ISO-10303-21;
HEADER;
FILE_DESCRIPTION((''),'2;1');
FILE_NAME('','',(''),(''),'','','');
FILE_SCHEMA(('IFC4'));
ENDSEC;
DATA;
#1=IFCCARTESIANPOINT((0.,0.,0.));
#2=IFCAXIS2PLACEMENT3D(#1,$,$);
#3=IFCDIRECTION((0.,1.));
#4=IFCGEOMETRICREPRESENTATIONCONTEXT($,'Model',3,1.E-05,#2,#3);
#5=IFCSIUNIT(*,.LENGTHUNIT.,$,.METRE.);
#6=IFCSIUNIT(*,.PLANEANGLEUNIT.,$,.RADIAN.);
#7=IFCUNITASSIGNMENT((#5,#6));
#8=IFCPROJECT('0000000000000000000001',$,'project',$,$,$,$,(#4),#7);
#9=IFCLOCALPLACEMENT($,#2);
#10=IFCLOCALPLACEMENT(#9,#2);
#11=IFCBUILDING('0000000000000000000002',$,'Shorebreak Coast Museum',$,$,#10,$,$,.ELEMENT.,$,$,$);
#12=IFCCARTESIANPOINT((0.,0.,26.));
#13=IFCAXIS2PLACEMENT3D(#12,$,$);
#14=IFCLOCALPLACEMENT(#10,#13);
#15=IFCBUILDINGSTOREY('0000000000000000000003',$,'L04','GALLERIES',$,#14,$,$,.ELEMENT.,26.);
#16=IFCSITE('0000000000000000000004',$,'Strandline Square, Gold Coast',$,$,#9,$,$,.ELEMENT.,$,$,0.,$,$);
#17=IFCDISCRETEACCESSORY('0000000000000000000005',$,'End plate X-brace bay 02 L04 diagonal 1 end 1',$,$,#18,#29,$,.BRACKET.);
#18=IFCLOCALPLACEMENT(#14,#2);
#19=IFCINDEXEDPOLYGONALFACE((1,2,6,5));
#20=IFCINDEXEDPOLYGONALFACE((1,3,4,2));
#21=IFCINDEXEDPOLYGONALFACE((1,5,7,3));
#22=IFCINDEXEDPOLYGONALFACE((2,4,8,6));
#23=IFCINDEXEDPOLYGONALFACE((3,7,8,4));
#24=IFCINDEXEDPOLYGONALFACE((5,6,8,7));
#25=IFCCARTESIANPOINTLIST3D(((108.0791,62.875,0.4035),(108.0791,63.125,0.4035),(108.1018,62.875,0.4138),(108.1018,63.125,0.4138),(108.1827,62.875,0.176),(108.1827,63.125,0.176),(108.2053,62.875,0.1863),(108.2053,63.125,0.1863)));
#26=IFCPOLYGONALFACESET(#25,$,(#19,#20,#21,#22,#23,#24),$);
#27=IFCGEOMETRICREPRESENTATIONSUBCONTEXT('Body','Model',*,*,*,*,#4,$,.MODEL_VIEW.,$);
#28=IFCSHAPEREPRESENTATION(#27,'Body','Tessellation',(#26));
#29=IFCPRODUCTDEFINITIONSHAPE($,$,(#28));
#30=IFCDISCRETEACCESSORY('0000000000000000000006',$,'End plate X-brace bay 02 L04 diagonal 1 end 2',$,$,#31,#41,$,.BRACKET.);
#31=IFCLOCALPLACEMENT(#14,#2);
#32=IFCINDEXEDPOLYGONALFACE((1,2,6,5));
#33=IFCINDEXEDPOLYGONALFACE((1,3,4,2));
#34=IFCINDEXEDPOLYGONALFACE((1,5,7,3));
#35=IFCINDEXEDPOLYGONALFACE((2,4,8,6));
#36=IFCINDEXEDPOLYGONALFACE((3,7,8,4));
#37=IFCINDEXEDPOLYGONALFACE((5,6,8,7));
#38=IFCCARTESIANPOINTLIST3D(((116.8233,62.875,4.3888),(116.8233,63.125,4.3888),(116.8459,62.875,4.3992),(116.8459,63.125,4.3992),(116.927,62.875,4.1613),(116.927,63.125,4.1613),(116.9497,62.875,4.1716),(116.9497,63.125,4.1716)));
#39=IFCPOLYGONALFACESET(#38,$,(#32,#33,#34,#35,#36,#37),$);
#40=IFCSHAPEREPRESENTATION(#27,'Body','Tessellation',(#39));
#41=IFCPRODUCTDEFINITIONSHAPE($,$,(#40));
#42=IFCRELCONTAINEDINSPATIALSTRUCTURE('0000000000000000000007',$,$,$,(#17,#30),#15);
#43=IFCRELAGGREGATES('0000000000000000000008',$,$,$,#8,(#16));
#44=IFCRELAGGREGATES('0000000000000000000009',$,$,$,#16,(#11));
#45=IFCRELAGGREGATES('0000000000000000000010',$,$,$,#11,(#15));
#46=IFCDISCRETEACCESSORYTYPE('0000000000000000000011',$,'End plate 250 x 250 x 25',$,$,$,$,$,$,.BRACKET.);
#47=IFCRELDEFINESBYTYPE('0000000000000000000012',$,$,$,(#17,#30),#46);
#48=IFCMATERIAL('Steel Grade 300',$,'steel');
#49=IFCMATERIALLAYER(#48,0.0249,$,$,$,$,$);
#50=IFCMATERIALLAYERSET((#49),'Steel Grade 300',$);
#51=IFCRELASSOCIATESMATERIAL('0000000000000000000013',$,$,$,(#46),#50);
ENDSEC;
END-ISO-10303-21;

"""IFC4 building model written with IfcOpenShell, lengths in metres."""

from ifc_helpers import new_model, si_unit, direction, frame, origin, place, context, subcontext, project, spatial, polyline, outline, extrude, material, layer, layer_set, type_object, element, save


model = new_model("IFC4")

# Units and contexts
model_context = context("Model", 3, precision=1e-05, world=origin(), true_north=direction((0.0, 1.0)))
body_context = subcontext(model_context, "Body", "Model", "MODEL_VIEW")
ifc_project = project(units=[si_unit("LENGTHUNIT", "METRE"), si_unit("PLANEANGLEUNIT", "RADIAN")], contexts=[model_context])

# Site, building, storey
site_placement = place(None, origin())
site = spatial("IfcSite", under=ifc_project, at=site_placement, Name="Strandline Square, Gold Coast", CompositionType="ELEMENT", RefElevation=0.0)
building_placement = place(site_placement, origin())
building = spatial("IfcBuilding", under=site, at=building_placement, Name="Shorebreak Coast Museum", CompositionType="ELEMENT")
storey_placement = place(building_placement, frame((0.0, 0.0, 26.0)))
storey = spatial("IfcBuildingStorey", under=building, at=storey_placement, Name="L04", Description="GALLERIES", CompositionType="ELEMENT", Elevation=26.0)

# Discrete accessories
ifc_material_1 = material(Name="Steel Grade 300", Category="steel")
ifc_layer_1 = layer(ifc_material_1, 0.0249)
ifc_layer_set_1 = layer_set([ifc_layer_1], Name="Steel Grade 300")
discrete_accessory_type = type_object("IfcDiscreteAccessoryType", Name="End plate 250 x 250 x 25", PredefinedType="BRACKET", material=ifc_layer_set_1)
discrete_accessory_1_placement = place(storey_placement, frame((108.2053, 62.875, 0.1863), z_axis=(0.910233, 0.0, 0.414097), x_axis=(0.0, 1.0, 0.0)))
element("IfcDiscreteAccessory", 1, at=discrete_accessory_1_placement, inside=storey, type_object=discrete_accessory_type, Name="End plate X-brace bay 02 L04 diagonal 1 end 1", PredefinedType="BRACKET", context=body_context, shape_type="SweptSolid", body=[
    extrude(outline(polyline([(0.0, 0.0), (0.25, 0.0), (0.25, 0.25), (0.0, 0.25), (0.0, 0.0)])), origin(), (0.0, 0.0, -1.0), 0.0249),
])
discrete_accessory_2_placement = place(storey_placement, frame((116.9497, 62.875, 4.1716), z_axis=(0.909864, 0.0, 0.414906), x_axis=(0.0, 1.0, 0.0)))
element("IfcDiscreteAccessory", 2, at=discrete_accessory_2_placement, inside=storey, type_object=discrete_accessory_type, Name="End plate X-brace bay 02 L04 diagonal 1 end 2", PredefinedType="BRACKET", context=body_context, shape_type="SweptSolid", body=[
    extrude(outline(polyline([(0.0, 0.0), (0.25, 0.0), (0.25, 0.2501), (0.0, 0.2501), (0.0, 0.0)])), origin(), (0.0, 0.0, -1.0), 0.0249),
])

save(model, "model.ifc")
